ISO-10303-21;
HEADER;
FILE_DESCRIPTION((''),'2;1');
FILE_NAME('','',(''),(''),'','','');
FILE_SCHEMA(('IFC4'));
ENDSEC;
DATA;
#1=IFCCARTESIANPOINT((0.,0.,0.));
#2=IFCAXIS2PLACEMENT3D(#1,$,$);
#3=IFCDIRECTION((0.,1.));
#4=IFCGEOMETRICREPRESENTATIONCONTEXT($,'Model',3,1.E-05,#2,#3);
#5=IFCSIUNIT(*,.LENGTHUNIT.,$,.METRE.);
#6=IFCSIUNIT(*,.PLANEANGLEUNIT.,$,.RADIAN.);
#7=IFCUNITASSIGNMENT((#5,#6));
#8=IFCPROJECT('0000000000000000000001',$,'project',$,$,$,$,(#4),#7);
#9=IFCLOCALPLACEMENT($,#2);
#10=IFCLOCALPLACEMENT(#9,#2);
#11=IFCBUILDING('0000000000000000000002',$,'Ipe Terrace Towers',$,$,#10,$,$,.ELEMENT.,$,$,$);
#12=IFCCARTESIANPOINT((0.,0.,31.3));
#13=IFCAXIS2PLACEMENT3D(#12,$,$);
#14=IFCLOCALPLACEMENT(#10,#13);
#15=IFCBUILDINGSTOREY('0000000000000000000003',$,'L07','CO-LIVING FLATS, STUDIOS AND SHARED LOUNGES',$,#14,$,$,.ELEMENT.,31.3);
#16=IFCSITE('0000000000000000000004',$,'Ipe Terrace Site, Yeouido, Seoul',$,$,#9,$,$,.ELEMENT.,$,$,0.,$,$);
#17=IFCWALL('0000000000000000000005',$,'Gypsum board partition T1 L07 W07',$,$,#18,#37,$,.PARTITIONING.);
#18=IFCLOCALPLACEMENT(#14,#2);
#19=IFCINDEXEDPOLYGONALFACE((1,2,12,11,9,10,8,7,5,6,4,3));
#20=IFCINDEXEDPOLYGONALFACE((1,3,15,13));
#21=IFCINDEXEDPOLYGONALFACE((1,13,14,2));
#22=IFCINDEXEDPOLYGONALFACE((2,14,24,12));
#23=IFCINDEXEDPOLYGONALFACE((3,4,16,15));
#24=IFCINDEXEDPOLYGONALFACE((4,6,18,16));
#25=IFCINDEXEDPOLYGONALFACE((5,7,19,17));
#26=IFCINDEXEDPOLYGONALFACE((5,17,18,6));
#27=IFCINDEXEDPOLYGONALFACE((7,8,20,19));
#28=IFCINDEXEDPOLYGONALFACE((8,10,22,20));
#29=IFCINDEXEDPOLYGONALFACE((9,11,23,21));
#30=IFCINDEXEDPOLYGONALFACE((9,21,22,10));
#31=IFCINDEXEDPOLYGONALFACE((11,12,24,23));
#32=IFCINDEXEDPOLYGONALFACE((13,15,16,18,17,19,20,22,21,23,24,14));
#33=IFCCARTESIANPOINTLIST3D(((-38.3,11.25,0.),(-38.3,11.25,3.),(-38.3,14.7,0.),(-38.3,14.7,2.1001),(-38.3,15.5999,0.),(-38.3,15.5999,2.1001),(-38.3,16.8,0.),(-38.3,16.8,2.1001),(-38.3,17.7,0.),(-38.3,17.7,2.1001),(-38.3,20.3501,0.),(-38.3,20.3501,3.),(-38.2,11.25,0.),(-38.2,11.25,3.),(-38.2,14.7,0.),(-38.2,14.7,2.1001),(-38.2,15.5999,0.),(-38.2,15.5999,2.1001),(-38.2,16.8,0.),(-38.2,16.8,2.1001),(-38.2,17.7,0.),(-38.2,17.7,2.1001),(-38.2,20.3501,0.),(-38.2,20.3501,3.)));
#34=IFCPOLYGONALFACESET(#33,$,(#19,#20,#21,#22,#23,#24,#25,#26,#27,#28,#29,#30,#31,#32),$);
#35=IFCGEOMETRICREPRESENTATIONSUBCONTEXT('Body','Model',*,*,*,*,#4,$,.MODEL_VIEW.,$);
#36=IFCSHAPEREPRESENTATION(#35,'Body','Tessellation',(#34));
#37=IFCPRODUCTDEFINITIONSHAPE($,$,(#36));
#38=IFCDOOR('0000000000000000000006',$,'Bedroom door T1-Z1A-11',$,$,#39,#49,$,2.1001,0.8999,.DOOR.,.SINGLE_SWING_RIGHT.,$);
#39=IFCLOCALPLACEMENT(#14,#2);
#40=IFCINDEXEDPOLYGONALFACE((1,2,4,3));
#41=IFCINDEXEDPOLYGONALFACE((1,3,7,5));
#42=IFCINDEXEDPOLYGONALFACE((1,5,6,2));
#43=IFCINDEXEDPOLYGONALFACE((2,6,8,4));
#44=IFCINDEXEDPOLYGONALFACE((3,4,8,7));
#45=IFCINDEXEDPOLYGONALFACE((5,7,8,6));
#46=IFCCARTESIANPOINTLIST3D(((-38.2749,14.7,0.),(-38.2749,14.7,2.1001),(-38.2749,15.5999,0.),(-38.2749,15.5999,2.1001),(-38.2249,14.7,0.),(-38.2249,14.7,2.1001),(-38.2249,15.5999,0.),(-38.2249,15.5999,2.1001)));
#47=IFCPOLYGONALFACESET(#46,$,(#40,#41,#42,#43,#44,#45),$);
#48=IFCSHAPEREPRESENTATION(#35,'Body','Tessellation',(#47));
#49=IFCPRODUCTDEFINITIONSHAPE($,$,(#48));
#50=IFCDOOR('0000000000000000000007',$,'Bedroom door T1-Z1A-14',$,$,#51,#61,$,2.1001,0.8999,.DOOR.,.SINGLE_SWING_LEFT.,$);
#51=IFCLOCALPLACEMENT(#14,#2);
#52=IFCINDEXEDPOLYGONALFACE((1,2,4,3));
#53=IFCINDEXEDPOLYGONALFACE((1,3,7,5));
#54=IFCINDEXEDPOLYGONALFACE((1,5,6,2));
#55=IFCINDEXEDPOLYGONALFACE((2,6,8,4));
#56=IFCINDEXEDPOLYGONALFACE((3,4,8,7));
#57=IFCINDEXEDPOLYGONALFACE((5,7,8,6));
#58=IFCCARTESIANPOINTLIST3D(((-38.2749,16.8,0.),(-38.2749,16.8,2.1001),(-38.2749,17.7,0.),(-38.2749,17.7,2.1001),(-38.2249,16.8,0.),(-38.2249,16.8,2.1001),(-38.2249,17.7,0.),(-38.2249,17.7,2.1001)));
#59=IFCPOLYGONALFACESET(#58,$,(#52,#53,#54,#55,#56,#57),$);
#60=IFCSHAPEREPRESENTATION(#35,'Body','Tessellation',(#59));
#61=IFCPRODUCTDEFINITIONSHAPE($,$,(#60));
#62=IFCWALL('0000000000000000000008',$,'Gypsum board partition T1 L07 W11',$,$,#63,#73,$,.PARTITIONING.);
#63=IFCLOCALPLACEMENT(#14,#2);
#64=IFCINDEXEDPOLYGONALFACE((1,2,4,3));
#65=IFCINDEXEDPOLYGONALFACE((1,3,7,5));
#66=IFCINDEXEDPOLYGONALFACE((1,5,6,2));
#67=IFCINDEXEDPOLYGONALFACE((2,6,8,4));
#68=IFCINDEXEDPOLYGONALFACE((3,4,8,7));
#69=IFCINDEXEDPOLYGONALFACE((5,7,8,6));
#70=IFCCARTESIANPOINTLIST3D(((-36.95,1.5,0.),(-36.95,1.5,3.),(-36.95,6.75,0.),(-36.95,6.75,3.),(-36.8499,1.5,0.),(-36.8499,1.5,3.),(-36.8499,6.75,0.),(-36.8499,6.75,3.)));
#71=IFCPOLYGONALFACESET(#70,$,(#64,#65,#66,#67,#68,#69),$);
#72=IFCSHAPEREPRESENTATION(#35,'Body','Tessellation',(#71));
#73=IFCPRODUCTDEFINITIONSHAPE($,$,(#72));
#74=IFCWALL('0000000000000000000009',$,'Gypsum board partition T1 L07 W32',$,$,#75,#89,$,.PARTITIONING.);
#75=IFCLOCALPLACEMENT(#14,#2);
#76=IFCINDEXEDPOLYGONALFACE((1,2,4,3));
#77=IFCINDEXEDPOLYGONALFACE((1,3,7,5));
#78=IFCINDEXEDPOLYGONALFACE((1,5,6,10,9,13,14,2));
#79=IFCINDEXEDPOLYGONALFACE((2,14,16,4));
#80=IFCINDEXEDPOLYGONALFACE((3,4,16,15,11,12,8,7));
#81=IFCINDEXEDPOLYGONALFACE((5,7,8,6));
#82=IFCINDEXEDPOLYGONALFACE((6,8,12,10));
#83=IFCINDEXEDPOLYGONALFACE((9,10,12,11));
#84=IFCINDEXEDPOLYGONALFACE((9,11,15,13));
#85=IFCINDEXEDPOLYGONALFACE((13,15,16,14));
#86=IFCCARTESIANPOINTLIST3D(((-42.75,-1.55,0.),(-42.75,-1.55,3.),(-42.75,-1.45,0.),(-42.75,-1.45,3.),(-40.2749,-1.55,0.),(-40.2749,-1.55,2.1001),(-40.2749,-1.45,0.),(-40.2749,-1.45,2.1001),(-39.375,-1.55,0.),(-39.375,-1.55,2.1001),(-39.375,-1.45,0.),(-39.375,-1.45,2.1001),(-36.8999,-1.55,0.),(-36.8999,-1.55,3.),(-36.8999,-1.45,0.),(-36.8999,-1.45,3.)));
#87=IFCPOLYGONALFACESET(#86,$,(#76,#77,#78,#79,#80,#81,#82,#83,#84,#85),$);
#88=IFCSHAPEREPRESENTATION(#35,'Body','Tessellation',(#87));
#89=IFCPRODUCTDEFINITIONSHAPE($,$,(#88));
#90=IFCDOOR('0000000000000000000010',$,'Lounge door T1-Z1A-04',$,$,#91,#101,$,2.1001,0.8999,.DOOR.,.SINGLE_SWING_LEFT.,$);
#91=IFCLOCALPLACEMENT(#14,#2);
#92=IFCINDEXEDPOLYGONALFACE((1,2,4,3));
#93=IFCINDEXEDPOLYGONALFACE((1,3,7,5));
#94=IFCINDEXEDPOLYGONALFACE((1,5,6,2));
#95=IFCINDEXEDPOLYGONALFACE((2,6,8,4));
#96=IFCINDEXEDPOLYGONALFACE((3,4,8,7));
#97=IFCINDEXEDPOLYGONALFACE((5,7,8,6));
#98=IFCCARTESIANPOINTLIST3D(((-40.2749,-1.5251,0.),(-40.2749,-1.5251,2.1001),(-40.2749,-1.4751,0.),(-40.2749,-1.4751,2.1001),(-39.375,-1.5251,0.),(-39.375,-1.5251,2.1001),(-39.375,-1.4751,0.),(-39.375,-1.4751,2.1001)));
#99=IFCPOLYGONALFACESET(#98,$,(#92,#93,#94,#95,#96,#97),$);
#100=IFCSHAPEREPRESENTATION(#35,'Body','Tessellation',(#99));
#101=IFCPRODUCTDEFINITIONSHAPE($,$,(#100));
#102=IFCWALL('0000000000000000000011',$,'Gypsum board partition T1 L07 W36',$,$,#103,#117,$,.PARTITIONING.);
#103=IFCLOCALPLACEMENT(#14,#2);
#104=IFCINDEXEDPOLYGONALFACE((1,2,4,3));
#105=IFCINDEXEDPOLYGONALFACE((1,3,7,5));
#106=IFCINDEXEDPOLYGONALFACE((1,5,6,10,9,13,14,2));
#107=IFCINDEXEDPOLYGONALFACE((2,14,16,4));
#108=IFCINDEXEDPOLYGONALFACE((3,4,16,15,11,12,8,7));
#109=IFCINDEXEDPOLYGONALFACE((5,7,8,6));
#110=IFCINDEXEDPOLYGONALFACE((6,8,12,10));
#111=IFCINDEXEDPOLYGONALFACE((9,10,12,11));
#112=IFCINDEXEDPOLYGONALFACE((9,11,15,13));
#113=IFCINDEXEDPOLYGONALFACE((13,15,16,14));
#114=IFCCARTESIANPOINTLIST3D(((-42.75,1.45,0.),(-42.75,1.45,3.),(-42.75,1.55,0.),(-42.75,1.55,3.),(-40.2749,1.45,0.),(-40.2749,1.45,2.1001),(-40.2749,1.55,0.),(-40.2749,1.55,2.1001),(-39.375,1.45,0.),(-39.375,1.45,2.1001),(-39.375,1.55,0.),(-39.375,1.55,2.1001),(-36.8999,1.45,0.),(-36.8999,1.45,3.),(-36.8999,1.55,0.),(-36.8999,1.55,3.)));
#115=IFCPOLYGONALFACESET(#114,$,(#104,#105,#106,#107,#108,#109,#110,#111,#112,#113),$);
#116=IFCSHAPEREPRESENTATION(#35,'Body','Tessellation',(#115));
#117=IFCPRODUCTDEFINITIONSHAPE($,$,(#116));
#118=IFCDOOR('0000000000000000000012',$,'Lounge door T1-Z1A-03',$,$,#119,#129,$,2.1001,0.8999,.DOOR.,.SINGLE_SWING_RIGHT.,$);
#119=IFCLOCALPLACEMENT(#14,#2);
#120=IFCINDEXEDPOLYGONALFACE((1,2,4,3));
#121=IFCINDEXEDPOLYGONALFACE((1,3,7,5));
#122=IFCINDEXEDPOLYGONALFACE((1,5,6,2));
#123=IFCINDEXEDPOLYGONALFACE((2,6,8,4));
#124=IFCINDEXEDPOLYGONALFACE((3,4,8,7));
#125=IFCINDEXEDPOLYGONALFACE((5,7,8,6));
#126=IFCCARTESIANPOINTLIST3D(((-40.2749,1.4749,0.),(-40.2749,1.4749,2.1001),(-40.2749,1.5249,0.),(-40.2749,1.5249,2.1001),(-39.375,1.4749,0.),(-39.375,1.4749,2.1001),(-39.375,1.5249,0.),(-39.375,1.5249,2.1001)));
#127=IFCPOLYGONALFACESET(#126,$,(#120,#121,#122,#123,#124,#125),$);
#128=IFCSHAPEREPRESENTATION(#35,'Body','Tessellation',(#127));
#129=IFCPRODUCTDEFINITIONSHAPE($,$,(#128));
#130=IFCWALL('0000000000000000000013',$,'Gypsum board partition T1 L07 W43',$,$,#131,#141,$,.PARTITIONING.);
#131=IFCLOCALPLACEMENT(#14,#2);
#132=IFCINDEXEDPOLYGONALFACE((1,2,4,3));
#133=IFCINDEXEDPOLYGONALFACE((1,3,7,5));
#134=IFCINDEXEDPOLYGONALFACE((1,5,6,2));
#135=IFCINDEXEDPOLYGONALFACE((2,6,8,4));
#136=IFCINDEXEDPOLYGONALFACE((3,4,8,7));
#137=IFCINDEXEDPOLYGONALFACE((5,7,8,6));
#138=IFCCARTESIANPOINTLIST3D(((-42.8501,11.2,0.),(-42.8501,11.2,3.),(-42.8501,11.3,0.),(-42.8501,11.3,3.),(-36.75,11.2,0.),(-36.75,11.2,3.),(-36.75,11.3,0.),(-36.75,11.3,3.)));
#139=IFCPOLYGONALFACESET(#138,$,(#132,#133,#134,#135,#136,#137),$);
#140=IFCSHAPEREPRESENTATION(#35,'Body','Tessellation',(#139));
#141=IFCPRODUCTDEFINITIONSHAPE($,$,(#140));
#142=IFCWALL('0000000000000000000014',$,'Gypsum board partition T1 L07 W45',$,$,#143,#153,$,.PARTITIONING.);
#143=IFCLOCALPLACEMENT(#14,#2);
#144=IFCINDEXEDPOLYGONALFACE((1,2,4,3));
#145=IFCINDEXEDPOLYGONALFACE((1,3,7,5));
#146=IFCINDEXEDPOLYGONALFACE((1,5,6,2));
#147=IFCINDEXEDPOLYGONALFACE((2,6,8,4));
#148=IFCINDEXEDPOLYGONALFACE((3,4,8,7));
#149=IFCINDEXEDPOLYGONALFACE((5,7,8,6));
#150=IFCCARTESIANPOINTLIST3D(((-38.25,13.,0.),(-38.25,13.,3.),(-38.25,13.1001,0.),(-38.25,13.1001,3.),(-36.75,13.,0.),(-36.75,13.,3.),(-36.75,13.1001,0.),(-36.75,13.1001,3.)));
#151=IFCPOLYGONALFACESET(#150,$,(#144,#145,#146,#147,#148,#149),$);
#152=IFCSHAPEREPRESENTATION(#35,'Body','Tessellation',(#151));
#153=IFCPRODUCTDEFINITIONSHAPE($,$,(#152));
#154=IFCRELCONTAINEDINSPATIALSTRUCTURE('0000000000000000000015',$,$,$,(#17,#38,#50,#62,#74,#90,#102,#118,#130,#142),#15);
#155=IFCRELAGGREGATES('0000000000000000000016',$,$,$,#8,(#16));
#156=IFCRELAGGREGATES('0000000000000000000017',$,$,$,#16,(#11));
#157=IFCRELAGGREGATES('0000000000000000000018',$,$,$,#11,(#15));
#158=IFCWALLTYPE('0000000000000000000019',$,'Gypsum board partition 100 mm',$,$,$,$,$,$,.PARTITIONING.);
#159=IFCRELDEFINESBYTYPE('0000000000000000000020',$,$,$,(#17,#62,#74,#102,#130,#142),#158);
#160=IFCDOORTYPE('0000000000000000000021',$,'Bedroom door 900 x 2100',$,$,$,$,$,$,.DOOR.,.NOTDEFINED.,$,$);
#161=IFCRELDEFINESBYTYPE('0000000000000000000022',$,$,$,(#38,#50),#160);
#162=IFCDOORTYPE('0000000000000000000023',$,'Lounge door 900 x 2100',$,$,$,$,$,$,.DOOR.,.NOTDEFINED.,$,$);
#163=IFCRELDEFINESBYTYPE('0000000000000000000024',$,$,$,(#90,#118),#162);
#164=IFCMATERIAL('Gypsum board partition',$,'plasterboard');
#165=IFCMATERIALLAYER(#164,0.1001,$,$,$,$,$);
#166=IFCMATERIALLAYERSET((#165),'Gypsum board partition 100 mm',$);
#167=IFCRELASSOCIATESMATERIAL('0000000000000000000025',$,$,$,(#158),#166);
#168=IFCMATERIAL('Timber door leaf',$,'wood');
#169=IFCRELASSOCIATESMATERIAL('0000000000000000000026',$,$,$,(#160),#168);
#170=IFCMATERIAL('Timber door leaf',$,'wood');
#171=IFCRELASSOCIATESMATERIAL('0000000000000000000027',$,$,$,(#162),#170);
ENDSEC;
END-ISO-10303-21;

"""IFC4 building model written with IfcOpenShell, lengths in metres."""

from ifc_helpers import new_model, si_unit, direction, frame, frame_2d, origin, place, context, subcontext, project, spatial, rectangle, extrude, material, layer, layer_set, type_object, element, fill, save


model = new_model("IFC4")

# Units and contexts
model_context = context("Model", 3, precision=1e-05, world=origin(), true_north=direction((0.0, 1.0)))
body_context = subcontext(model_context, "Body", "Model", "MODEL_VIEW")
ifc_project = project(units=[si_unit("LENGTHUNIT", "METRE"), si_unit("PLANEANGLEUNIT", "RADIAN")], contexts=[model_context])

# Site, building, storey
site_placement = place(None, origin())
site = spatial("IfcSite", under=ifc_project, at=site_placement, Name="Ipe Terrace Site, Yeouido, Seoul", CompositionType="ELEMENT", RefElevation=0.0)
building_placement = place(site_placement, origin())
building = spatial("IfcBuilding", under=site, at=building_placement, Name="Ipe Terrace Towers", CompositionType="ELEMENT")
storey_placement = place(building_placement, frame((0.0, 0.0, 31.3)))
storey = spatial("IfcBuildingStorey", under=building, at=storey_placement, Name="L07", Description="CO-LIVING FLATS, STUDIOS AND SHARED LOUNGES", CompositionType="ELEMENT", Elevation=31.3)

# Wall, openings, doors
ifc_material_1 = material(Name="Gypsum board partition", Category="plasterboard")
ifc_layer_1 = layer(ifc_material_1, 0.1001)
ifc_layer_set_1 = layer_set([ifc_layer_1], Name="Gypsum board partition 100 mm")
wall_type_1 = type_object("IfcWallType", Name="Gypsum board partition 100 mm", PredefinedType="PARTITIONING", material=ifc_layer_set_1)
wall_1_placement = place(storey_placement, frame((-38.25, 11.25, 0.0), z_axis=(0.0, 0.0, 1.0), x_axis=(0.0, 1.0, 0.0)))
wall_1 = element("IfcWall", 1, at=wall_1_placement, inside=storey, type_object=wall_type_1, Name="Gypsum board partition T1 L07 W07", PredefinedType="PARTITIONING", context=body_context, shape_type="SweptSolid", body=[
    extrude(rectangle(XDim=9.1001, YDim=0.1001, at=frame_2d((4.55, 0.0))), origin(), (0.0, 0.0, 1.0), 3.0),
])
opening_1_placement = place(wall_1_placement, frame((3.45, 0.0, 0.0)))
opening_1 = element("IfcOpeningElement", 2, at=opening_1_placement, cuts=wall_1, PredefinedType="OPENING", context=body_context, shape_type="SweptSolid", body=[
    extrude(rectangle(XDim=0.8999, YDim=2.1001, at=frame_2d((0.45, 1.05))), frame((0.0, 0.0601, 0.0), z_axis=(0.0, -1.0, 0.0), x_axis=(1.0, 0.0, 0.0)), (0.0, 0.0, 1.0), 0.1201),
])
opening_2_placement = place(wall_1_placement, frame((5.55, 0.0, 0.0)))
opening_2 = element("IfcOpeningElement", 3, at=opening_2_placement, cuts=wall_1, PredefinedType="OPENING", context=body_context, shape_type="SweptSolid", body=[
    extrude(rectangle(XDim=0.8999, YDim=2.1001, at=frame_2d((0.45, 1.05))), frame((0.0, 0.0601, 0.0), z_axis=(0.0, -1.0, 0.0), x_axis=(1.0, 0.0, 0.0)), (0.0, 0.0, 1.0), 0.1201),
])
ifc_material_2 = material(Name="Timber door leaf", Category="wood")
door_type_1 = type_object("IfcDoorType", Name="Bedroom door 900 x 2100", OperationType="NOTDEFINED", PredefinedType="DOOR", material=ifc_material_2)
door_1_placement = place(opening_1_placement, origin())
door_1 = element("IfcDoor", 4, at=door_1_placement, inside=storey, type_object=door_type_1, Name="Bedroom door T1-Z1A-11", OperationType="SINGLE_SWING_RIGHT", OverallHeight=2.1001, OverallWidth=0.8999, PredefinedType="DOOR", context=body_context, shape_type="SweptSolid", body=[
    extrude(rectangle(XDim=0.8999, YDim=2.1001, at=frame_2d((0.45, 1.05))), frame((0.0, 0.0249, 0.0), z_axis=(0.0, -1.0, 0.0), x_axis=(1.0, 0.0, 0.0)), (0.0, 0.0, 1.0), 0.05),
])
fill(opening_1, door_1)
door_2_placement = place(opening_2_placement, origin())
door_2 = element("IfcDoor", 5, at=door_2_placement, inside=storey, type_object=door_type_1, Name="Bedroom door T1-Z1A-14", OperationType="SINGLE_SWING_LEFT", OverallHeight=2.1001, OverallWidth=0.8999, PredefinedType="DOOR", context=body_context, shape_type="SweptSolid", body=[
    extrude(rectangle(XDim=0.8999, YDim=2.1001, at=frame_2d((0.45, 1.05))), frame((0.0, 0.0249, 0.0), z_axis=(0.0, -1.0, 0.0), x_axis=(1.0, 0.0, 0.0)), (0.0, 0.0, 1.0), 0.05),
])
fill(opening_2, door_2)

# Wall
wall_2_placement = place(storey_placement, frame((-36.8999, 1.5, 0.0), z_axis=(0.0, 0.0, 1.0), x_axis=(0.0, 1.0, 0.0)))
element("IfcWall", 6, at=wall_2_placement, inside=storey, type_object=wall_type_1, Name="Gypsum board partition T1 L07 W11", PredefinedType="PARTITIONING", context=body_context, shape_type="SweptSolid", body=[
    extrude(rectangle(XDim=5.25, YDim=0.1001, at=frame_2d((2.625, 0.0))), origin(), (0.0, 0.0, 1.0), 3.0),
])

# Walls, openings, doors
wall_3_placement = place(storey_placement, frame((-42.75, -1.5, 0.0), z_axis=(0.0, 0.0, 1.0), x_axis=(1.0, 0.0, 0.0)))
wall_3 = element("IfcWall", 7, at=wall_3_placement, inside=storey, type_object=wall_type_1, Name="Gypsum board partition T1 L07 W32", PredefinedType="PARTITIONING", context=body_context, shape_type="SweptSolid", body=[
    extrude(rectangle(XDim=5.8501, YDim=0.1001, at=frame_2d((2.925, 0.0))), origin(), (0.0, 0.0, 1.0), 3.0),
])
opening_3_placement = place(wall_3_placement, frame((2.4751, 0.0, 0.0)))
opening_3 = element("IfcOpeningElement", 8, at=opening_3_placement, cuts=wall_3, PredefinedType="OPENING", context=body_context, shape_type="SweptSolid", body=[
    extrude(rectangle(XDim=0.8999, YDim=2.1001, at=frame_2d((0.45, 1.05))), frame((0.0, 0.0601, 0.0), z_axis=(0.0, -1.0, 0.0), x_axis=(1.0, 0.0, 0.0)), (0.0, 0.0, 1.0), 0.1201),
])
ifc_material_3 = material(Name="Timber door leaf", Category="wood")
door_type_2 = type_object("IfcDoorType", Name="Lounge door 900 x 2100", OperationType="NOTDEFINED", PredefinedType="DOOR", material=ifc_material_3)
door_3_placement = place(opening_3_placement, origin())
door_3 = element("IfcDoor", 9, at=door_3_placement, inside=storey, type_object=door_type_2, Name="Lounge door T1-Z1A-04", OperationType="SINGLE_SWING_LEFT", OverallHeight=2.1001, OverallWidth=0.8999, PredefinedType="DOOR", context=body_context, shape_type="SweptSolid", body=[
    extrude(rectangle(XDim=0.8999, YDim=2.1001, at=frame_2d((0.45, 1.05))), frame((0.0, 0.0249, 0.0), z_axis=(0.0, -1.0, 0.0), x_axis=(1.0, 0.0, 0.0)), (0.0, 0.0, 1.0), 0.05),
])
fill(opening_3, door_3)
wall_4_placement = place(storey_placement, frame((-42.75, 1.5, 0.0), z_axis=(0.0, 0.0, 1.0), x_axis=(1.0, 0.0, 0.0)))
wall_4 = element("IfcWall", 10, at=wall_4_placement, inside=storey, type_object=wall_type_1, Name="Gypsum board partition T1 L07 W36", PredefinedType="PARTITIONING", context=body_context, shape_type="SweptSolid", body=[
    extrude(rectangle(XDim=5.8501, YDim=0.1001, at=frame_2d((2.925, 0.0))), origin(), (0.0, 0.0, 1.0), 3.0),
])
opening_4_placement = place(wall_4_placement, frame((2.4751, 0.0, 0.0)))
opening_4 = element("IfcOpeningElement", 11, at=opening_4_placement, cuts=wall_4, PredefinedType="OPENING", context=body_context, shape_type="SweptSolid", body=[
    extrude(rectangle(XDim=0.8999, YDim=2.1001, at=frame_2d((0.45, 1.05))), frame((0.0, 0.0601, 0.0), z_axis=(0.0, -1.0, 0.0), x_axis=(1.0, 0.0, 0.0)), (0.0, 0.0, 1.0), 0.1201),
])
door_4_placement = place(opening_4_placement, origin())
door_4 = element("IfcDoor", 12, at=door_4_placement, inside=storey, type_object=door_type_2, Name="Lounge door T1-Z1A-03", OperationType="SINGLE_SWING_RIGHT", OverallHeight=2.1001, OverallWidth=0.8999, PredefinedType="DOOR", context=body_context, shape_type="SweptSolid", body=[
    extrude(rectangle(XDim=0.8999, YDim=2.1001, at=frame_2d((0.45, 1.05))), frame((0.0, 0.0249, 0.0), z_axis=(0.0, -1.0, 0.0), x_axis=(1.0, 0.0, 0.0)), (0.0, 0.0, 1.0), 0.05),
])
fill(opening_4, door_4)

# Walls
wall_5_placement = place(storey_placement, frame((-42.8501, 11.25, 0.0), z_axis=(0.0, 0.0, 1.0), x_axis=(1.0, 0.0, 0.0)))
element("IfcWall", 13, at=wall_5_placement, inside=storey, type_object=wall_type_1, Name="Gypsum board partition T1 L07 W43", PredefinedType="PARTITIONING", context=body_context, shape_type="SweptSolid", body=[
    extrude(rectangle(XDim=6.1001, YDim=0.1001, at=frame_2d((3.05, 0.0))), origin(), (0.0, 0.0, 1.0), 3.0),
])
wall_6_placement = place(storey_placement, frame((-38.25, 13.05, 0.0), z_axis=(0.0, 0.0, 1.0), x_axis=(1.0, 0.0, 0.0)))
element("IfcWall", 14, at=wall_6_placement, inside=storey, type_object=wall_type_1, Name="Gypsum board partition T1 L07 W45", PredefinedType="PARTITIONING", context=body_context, shape_type="SweptSolid", body=[
    extrude(rectangle(XDim=1.5, YDim=0.1001, at=frame_2d((0.75, 0.0))), origin(), (0.0, 0.0, 1.0), 3.0),
])

save(model, "model.ifc")
